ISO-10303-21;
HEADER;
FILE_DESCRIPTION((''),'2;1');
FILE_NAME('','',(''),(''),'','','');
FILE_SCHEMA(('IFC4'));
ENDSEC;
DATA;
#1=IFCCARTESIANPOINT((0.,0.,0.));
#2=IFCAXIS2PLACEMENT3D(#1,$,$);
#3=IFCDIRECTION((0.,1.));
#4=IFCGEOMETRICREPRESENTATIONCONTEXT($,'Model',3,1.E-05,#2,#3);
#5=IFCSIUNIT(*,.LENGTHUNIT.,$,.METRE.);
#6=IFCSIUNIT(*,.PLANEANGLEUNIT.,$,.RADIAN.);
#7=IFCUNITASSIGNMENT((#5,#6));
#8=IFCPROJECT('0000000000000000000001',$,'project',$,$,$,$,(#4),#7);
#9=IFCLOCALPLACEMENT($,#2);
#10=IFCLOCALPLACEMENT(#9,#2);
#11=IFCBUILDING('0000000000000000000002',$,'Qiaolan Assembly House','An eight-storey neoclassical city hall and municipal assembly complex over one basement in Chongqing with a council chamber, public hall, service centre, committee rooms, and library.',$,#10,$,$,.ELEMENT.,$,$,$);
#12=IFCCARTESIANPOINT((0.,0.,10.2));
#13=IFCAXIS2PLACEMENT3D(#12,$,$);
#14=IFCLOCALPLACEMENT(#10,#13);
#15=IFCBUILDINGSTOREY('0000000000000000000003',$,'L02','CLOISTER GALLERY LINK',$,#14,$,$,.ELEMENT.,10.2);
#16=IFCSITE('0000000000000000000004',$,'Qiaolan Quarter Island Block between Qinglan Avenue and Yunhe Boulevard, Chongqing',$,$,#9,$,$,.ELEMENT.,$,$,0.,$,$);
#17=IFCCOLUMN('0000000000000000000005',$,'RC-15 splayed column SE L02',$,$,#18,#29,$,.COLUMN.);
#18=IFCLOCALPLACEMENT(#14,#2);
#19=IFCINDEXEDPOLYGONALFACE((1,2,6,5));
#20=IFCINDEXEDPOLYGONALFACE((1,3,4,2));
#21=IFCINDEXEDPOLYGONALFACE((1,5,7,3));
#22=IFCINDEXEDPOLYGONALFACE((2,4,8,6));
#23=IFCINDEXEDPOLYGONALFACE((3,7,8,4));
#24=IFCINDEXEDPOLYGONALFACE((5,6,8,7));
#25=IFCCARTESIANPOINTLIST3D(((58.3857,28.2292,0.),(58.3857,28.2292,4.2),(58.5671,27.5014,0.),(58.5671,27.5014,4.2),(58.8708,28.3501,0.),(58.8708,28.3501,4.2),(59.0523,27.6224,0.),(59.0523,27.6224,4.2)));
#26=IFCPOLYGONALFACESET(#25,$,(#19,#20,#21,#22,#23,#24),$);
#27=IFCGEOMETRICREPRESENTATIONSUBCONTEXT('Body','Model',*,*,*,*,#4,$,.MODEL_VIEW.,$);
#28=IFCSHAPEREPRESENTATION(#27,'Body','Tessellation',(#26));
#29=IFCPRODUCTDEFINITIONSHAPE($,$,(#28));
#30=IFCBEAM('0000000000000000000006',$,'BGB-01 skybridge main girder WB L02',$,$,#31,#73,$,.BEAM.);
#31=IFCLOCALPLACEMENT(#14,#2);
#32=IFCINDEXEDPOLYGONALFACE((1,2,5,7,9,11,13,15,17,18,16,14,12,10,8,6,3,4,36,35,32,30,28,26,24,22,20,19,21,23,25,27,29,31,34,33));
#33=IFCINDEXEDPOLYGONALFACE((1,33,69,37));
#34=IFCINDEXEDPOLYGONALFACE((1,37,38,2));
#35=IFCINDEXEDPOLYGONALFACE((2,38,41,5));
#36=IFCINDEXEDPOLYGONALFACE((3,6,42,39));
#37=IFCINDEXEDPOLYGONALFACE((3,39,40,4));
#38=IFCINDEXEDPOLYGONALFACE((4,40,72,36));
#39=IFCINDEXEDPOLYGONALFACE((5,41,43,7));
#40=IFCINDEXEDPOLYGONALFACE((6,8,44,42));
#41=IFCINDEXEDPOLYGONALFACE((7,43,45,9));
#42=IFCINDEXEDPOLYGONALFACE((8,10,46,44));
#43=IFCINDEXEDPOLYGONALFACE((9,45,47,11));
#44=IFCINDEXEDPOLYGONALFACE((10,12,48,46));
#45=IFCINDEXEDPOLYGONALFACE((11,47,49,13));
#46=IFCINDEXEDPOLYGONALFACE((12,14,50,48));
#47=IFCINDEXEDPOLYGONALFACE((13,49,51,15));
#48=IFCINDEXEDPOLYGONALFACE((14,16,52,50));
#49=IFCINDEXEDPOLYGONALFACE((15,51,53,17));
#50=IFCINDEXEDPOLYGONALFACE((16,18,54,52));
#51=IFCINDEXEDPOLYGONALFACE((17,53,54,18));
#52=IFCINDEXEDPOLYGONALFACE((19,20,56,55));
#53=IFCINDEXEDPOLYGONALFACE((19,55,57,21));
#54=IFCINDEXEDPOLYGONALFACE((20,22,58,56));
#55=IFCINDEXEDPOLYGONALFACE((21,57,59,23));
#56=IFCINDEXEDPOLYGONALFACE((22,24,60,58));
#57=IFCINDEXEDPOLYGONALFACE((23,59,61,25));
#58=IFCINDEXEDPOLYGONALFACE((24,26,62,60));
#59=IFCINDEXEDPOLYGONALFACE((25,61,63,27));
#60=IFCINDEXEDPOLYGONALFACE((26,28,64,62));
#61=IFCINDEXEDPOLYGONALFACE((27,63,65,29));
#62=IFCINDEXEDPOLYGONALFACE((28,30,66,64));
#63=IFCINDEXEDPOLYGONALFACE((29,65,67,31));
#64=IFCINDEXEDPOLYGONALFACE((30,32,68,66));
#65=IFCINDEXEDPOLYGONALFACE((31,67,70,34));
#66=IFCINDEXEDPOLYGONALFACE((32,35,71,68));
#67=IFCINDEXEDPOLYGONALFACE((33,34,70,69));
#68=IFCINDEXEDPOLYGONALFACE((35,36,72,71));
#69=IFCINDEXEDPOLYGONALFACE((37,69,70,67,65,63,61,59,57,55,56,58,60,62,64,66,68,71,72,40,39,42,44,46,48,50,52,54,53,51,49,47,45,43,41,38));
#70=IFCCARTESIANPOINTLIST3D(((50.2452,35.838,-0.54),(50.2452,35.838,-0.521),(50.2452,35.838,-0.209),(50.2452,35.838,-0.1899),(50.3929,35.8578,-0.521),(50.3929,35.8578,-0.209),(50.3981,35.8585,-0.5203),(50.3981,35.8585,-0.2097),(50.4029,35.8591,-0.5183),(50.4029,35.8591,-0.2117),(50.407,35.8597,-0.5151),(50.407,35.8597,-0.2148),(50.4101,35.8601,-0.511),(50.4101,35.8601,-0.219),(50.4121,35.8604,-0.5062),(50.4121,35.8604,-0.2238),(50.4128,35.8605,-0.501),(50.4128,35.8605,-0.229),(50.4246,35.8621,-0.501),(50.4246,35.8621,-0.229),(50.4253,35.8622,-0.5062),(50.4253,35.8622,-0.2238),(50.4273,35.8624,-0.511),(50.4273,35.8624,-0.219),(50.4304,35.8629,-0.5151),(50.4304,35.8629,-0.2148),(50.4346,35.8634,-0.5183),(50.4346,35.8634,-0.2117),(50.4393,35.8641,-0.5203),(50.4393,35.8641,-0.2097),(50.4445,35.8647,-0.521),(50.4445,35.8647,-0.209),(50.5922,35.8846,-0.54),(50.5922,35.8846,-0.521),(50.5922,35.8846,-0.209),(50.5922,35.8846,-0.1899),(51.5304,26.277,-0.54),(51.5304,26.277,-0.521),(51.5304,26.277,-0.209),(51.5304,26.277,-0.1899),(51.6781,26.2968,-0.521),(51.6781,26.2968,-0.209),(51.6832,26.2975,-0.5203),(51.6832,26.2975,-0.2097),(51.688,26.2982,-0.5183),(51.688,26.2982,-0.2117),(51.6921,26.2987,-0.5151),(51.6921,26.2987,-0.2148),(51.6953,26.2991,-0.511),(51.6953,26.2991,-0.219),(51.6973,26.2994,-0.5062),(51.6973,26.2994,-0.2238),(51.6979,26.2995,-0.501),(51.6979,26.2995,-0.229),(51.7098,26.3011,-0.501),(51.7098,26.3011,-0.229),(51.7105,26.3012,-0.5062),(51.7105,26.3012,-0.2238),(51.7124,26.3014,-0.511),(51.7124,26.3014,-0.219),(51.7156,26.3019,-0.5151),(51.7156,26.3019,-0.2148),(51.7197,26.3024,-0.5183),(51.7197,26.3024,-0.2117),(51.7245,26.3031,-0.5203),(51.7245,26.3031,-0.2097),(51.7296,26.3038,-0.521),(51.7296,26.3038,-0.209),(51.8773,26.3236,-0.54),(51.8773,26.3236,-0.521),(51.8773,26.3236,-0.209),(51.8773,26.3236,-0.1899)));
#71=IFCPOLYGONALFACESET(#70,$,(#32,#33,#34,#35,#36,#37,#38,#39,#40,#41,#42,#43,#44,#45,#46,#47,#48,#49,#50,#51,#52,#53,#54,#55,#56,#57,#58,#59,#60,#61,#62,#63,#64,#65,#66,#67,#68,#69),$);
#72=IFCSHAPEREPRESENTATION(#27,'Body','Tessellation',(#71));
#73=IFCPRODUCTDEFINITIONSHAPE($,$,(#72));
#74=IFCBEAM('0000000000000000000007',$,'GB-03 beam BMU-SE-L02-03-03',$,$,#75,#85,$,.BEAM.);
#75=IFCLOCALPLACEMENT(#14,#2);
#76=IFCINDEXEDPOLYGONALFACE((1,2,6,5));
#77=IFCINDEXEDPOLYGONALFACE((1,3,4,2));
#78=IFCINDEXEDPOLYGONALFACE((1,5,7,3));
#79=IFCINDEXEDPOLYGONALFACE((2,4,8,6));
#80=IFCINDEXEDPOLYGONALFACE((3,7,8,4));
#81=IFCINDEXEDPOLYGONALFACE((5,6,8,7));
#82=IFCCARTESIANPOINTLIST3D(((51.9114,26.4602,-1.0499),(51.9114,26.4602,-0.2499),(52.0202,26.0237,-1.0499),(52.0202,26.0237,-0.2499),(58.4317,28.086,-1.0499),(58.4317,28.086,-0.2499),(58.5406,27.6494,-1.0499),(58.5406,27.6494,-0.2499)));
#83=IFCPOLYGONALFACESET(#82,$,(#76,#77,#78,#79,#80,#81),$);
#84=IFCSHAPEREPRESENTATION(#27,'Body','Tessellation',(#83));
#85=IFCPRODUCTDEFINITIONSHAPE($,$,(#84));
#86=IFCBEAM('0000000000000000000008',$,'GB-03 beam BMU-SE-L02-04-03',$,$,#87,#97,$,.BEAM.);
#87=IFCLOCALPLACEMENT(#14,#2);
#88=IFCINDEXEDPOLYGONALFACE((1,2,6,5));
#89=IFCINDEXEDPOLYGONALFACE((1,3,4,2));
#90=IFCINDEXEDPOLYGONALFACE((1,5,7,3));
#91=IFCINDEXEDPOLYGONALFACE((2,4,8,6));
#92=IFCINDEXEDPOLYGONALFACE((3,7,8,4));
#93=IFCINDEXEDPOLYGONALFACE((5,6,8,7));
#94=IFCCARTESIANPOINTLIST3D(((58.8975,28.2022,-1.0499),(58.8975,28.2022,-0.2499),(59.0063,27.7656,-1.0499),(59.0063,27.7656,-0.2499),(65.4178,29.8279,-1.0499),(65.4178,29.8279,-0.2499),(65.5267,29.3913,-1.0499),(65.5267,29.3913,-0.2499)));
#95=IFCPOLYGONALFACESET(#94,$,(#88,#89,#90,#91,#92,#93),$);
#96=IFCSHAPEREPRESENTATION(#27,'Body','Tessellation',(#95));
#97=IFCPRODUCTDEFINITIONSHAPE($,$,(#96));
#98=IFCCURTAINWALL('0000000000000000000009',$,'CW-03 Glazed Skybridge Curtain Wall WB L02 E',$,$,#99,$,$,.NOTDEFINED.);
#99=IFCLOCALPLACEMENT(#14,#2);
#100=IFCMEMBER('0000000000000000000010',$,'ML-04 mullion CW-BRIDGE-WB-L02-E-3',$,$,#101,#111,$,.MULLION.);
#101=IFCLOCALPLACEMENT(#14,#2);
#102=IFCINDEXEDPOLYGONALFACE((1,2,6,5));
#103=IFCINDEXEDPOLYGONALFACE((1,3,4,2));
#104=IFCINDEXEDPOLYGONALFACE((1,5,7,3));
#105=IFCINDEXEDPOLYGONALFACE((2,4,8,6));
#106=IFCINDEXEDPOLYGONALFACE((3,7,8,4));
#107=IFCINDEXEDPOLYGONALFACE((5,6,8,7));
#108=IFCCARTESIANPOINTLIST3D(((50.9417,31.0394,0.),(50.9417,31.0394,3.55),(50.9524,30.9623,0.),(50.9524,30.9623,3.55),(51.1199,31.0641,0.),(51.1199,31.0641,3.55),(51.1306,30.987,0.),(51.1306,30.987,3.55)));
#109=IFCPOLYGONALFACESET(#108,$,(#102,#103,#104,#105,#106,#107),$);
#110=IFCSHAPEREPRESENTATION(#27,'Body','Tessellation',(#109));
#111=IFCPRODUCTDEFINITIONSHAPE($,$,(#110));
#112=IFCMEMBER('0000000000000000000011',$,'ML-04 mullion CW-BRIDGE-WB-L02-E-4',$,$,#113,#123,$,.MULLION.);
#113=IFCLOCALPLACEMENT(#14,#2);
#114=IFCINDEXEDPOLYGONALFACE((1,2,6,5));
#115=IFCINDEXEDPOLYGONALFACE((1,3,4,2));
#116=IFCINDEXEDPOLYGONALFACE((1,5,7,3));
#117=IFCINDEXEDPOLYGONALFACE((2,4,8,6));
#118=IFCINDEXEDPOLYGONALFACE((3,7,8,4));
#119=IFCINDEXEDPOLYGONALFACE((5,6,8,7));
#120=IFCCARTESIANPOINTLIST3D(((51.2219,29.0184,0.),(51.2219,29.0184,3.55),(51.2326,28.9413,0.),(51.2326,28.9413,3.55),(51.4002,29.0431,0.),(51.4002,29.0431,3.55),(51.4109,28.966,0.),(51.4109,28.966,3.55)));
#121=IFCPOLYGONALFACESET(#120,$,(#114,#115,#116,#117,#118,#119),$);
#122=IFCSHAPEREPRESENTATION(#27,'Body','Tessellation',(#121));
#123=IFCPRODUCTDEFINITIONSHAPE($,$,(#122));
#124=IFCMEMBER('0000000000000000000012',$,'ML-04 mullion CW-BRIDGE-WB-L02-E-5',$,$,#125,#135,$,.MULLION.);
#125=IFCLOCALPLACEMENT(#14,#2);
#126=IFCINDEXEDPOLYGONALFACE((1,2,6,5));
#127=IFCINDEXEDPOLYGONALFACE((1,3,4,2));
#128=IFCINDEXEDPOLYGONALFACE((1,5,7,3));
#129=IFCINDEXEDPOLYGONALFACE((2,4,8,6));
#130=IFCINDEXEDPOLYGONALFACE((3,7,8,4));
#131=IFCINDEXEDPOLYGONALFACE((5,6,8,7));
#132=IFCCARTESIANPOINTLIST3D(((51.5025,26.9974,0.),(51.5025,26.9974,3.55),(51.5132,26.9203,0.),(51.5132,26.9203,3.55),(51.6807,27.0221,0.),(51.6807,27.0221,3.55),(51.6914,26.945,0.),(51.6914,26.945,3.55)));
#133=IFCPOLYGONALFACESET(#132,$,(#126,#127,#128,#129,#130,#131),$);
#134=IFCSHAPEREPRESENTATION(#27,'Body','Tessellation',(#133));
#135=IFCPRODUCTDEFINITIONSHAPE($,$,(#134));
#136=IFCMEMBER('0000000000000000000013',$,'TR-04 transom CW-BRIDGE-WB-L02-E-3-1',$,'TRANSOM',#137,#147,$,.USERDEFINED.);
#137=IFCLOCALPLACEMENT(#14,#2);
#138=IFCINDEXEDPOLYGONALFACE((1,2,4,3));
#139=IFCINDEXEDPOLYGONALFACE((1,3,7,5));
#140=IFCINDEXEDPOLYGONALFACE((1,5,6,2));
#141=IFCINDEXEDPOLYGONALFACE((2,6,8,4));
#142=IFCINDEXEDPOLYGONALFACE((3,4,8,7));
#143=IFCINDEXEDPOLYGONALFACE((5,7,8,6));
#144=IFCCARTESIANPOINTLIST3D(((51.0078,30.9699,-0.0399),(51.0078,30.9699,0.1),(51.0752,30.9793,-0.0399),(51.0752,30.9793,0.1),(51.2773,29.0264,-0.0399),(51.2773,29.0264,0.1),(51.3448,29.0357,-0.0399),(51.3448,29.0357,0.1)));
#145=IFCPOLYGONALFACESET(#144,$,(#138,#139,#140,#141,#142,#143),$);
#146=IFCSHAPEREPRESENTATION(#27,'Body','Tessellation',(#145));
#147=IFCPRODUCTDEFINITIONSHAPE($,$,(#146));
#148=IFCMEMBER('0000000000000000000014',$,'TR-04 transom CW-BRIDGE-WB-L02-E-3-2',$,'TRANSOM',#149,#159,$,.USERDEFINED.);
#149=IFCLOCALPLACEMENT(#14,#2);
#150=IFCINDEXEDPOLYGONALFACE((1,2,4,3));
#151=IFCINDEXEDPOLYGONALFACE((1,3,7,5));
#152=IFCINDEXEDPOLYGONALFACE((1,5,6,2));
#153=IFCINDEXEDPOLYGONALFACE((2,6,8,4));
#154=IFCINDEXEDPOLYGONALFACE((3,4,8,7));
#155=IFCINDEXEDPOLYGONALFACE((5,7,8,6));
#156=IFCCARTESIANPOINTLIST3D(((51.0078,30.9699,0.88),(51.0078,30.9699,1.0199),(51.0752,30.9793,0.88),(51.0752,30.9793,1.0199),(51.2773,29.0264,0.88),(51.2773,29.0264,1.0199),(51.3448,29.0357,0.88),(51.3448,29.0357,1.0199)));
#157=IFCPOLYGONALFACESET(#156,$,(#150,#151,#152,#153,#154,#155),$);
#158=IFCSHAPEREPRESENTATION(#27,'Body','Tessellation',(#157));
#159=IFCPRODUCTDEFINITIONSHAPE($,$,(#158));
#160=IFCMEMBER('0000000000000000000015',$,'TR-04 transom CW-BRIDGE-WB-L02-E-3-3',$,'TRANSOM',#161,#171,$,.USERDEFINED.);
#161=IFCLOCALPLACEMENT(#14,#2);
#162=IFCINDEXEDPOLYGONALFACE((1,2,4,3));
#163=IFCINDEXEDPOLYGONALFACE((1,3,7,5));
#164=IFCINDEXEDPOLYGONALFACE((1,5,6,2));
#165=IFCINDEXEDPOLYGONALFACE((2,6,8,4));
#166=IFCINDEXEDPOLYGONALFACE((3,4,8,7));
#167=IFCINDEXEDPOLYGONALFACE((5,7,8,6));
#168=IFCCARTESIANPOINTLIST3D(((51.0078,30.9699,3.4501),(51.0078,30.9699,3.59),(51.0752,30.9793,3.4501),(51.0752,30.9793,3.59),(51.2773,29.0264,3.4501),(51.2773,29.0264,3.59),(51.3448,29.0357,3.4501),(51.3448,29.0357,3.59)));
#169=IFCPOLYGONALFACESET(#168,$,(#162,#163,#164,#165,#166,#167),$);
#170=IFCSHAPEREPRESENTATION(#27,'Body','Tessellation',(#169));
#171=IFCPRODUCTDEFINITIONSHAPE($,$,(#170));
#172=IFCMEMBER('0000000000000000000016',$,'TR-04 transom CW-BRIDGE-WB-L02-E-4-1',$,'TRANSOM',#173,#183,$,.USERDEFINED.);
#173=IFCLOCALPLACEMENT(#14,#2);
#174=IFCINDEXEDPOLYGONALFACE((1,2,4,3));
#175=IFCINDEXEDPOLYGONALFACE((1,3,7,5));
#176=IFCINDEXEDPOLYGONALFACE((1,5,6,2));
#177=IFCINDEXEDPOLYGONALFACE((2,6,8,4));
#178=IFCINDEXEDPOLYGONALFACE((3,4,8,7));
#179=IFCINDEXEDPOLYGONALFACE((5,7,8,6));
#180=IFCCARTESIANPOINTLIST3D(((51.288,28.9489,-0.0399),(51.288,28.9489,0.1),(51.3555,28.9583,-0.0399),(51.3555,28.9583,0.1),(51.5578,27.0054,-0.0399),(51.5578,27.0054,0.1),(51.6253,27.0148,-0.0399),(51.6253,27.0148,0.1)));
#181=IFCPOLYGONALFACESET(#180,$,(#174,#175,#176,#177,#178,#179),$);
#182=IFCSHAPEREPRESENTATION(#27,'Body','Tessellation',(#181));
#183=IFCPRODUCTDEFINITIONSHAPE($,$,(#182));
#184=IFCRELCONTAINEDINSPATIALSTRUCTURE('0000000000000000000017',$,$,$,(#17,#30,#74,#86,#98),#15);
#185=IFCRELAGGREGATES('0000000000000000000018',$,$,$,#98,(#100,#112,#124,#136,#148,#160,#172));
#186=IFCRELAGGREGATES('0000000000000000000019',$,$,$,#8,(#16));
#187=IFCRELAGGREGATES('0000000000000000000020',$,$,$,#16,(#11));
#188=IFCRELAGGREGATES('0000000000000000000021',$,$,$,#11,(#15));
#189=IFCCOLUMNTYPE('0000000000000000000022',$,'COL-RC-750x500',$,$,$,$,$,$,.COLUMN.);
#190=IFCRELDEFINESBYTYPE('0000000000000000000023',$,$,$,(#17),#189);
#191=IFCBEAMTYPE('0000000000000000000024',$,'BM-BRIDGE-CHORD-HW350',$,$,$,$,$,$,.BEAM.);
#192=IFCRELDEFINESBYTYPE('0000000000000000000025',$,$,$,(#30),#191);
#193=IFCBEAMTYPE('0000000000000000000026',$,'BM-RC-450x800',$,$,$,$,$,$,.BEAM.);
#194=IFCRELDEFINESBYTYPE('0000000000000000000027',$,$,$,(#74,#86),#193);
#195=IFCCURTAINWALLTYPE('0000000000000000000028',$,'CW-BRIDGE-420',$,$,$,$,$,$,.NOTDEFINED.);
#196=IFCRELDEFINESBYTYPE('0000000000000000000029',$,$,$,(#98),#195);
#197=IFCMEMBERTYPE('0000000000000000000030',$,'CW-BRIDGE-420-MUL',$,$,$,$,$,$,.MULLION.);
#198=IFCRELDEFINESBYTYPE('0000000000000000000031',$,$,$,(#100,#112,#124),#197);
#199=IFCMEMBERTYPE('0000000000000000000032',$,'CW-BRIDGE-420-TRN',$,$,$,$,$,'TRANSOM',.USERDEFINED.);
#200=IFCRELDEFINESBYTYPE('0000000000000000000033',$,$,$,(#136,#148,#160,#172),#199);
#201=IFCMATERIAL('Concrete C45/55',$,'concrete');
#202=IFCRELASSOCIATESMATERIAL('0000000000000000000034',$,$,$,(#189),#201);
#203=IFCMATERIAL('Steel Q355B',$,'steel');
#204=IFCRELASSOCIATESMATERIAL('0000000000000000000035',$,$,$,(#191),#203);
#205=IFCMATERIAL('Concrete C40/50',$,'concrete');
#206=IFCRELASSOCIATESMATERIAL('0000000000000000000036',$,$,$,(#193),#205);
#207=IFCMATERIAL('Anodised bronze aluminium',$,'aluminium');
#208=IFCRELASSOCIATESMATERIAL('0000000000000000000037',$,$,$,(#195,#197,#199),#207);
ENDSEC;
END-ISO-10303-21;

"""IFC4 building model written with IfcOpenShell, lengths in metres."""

from ifc_helpers import new_model, si_unit, direction, frame, origin, origin_2d, place, context, subcontext, project, spatial, rectangle, i_section, extrude, material, material_profile, profile_set, type_object, element, aggregate, save


model = new_model("IFC4")

# Units and contexts
model_context = context("Model", 3, precision=1e-05, world=origin(), true_north=direction((0.0, 1.0)))
body_context = subcontext(model_context, "Body", "Model", "MODEL_VIEW")
ifc_project = project(units=[si_unit("LENGTHUNIT", "METRE"), si_unit("PLANEANGLEUNIT", "RADIAN")], contexts=[model_context])

# Site, building, storey
site_placement = place(None, origin())
site = spatial("IfcSite", under=ifc_project, at=site_placement, Name="Qiaolan Quarter Island Block between Qinglan Avenue and Yunhe Boulevard, Chongqing", CompositionType="ELEMENT", RefElevation=0.0)
building_placement = place(site_placement, origin())
building = spatial("IfcBuilding", under=site, at=building_placement, Name="Qiaolan Assembly House", Description="An eight-storey neoclassical city hall and municipal assembly complex over one basement in Chongqing with a council chamber, public hall, service centre, committee rooms, and library.", CompositionType="ELEMENT")
storey_placement = place(building_placement, frame((0.0, 0.0, 10.2)))
storey = spatial("IfcBuildingStorey", under=building, at=storey_placement, Name="L02", Description="CLOISTER GALLERY LINK", CompositionType="ELEMENT", Elevation=10.2)

# Column
ifc_material_1 = material(Name="Concrete C45/55", Category="concrete")
ifc_material_profile_1 = material_profile(ifc_material_1, rectangle(XDim=0.5, YDim=0.75, at=origin_2d()), Name="RC 750x500")
ifc_profile_set_1 = profile_set([ifc_material_profile_1], Name="Concrete C45/55")
column_type = type_object("IfcColumnType", Name="COL-RC-750x500", PredefinedType="COLUMN", material=ifc_profile_set_1)
column_placement = place(storey_placement, frame((58.719, 27.9258, 0.0), z_axis=(0.0, 0.0, 1.0), x_axis=(0.970296, 0.241922, 0.0)))
element("IfcColumn", 1, at=column_placement, inside=storey, type_object=column_type, Name="RC-15 splayed column SE L02", PredefinedType="COLUMN", context=body_context, shape_type="SweptSolid", body=[
    extrude(rectangle(XDim=0.5, YDim=0.75, at=origin_2d()), origin(), (0.0, 0.0, 1.0), 4.2),
])

# Beams
ifc_material_2 = material(Name="Steel Q355B", Category="steel")
ifc_material_profile_2 = material_profile(ifc_material_2, i_section(OverallWidth=0.3501, OverallDepth=0.3501, WebThickness=0.012, FlangeThickness=0.019, FilletRadius=0.02, at=origin_2d()), Name="HW 350x350x12x19-BR")
ifc_profile_set_2 = profile_set([ifc_material_profile_2], Name="Steel Q355B")
beam_type_1 = type_object("IfcBeamType", Name="BM-BRIDGE-CHORD-HW350", PredefinedType="BEAM", material=ifc_profile_set_2)
beam_placement = place(storey_placement, frame((51.7039, 26.3003, -0.365), z_axis=(-0.133218, 0.991087, 0.0), x_axis=(-0.991087, -0.133218, 0.0)))
element("IfcBeam", 2, at=beam_placement, inside=storey, type_object=beam_type_1, Name="BGB-01 skybridge main girder WB L02", PredefinedType="BEAM", context=body_context, shape_type="SweptSolid", body=[
    extrude(i_section(OverallWidth=0.3501, OverallDepth=0.3501, WebThickness=0.012, FlangeThickness=0.019, FilletRadius=0.02, at=origin_2d()), origin(), (0.0, 0.0, 1.0), 9.647),
])
ifc_material_3 = material(Name="Concrete C40/50", Category="concrete")
ifc_material_profile_3 = material_profile(ifc_material_3, rectangle(XDim=0.45, YDim=0.8, at=origin_2d()), Name="RCB 450x800")
ifc_profile_set_3 = profile_set([ifc_material_profile_3], Name="Concrete C40/50")
beam_type_2 = type_object("IfcBeamType", Name="BM-RC-450x800", PredefinedType="BEAM", material=ifc_profile_set_3)
for number, where, z_axis, x_axis, name in (
    (3, (51.9658, 26.2419, -0.6499), (0.970294, 0.241929, 0.0), (-0.241929, 0.970294, 0.0), "GB-03 beam BMU-SE-L02-03-03"),
    (4, (58.9519, 27.9839, -0.6499), (0.970294, 0.241929, 0.0), (-0.241929, 0.970294, 0.0), "GB-03 beam BMU-SE-L02-04-03"),
):
    element("IfcBeam", number, at=place(storey_placement, frame(where, z_axis=z_axis, x_axis=x_axis)), inside=storey, type_object=beam_type_2, Name=name, PredefinedType="BEAM", context=body_context, shape_type="SweptSolid", body=[
        extrude(rectangle(XDim=0.45, YDim=0.8, at=origin_2d()), origin(), (0.0, 0.0, 1.0), 6.72),
    ])

# Curtain wall, members
ifc_material_4 = material(Name="Anodised bronze aluminium", Category="aluminium")
curtain_wall_type = type_object("IfcCurtainWallType", Name="CW-BRIDGE-420", PredefinedType="NOTDEFINED", material=ifc_material_4)
curtain_wall_placement = place(storey_placement, origin())
curtain_wall = element("IfcCurtainWall", 5, at=curtain_wall_placement, inside=storey, type_object=curtain_wall_type, Name="CW-03 Glazed Skybridge Curtain Wall WB L02 E", PredefinedType="NOTDEFINED")
ifc_material_profile_4 = material_profile(ifc_material_4, rectangle(XDim=0.0779, YDim=0.1799, at=origin_2d()), Name="MUL 78x180")
ifc_profile_set_4 = profile_set([ifc_material_profile_4], Name="Anodised bronze aluminium")
member_type_1 = type_object("IfcMemberType", Name="CW-BRIDGE-420-MUL", PredefinedType="MULLION", material=ifc_profile_set_4)
member_1_placement = place(storey_placement, frame((51.0361, 31.0132, 0.0), z_axis=(0.0, 0.0, 1.0), x_axis=(0.137388, -0.990517, 0.0)))
member_1 = element("IfcMember", 6, at=member_1_placement, type_object=member_type_1, Name="ML-04 mullion CW-BRIDGE-WB-L02-E-3", PredefinedType="MULLION", context=body_context, shape_type="SweptSolid", body=[
    extrude(rectangle(XDim=0.0779, YDim=0.1799, at=origin_2d()), origin(), (0.0, 0.0, 1.0), 3.55),
])
member_2_placement = place(storey_placement, frame((51.3164, 28.9922, 0.0), z_axis=(0.0, 0.0, 1.0), x_axis=(0.137388, -0.990517, 0.0)))
member_2 = element("IfcMember", 7, at=member_2_placement, type_object=member_type_1, Name="ML-04 mullion CW-BRIDGE-WB-L02-E-4", PredefinedType="MULLION", context=body_context, shape_type="SweptSolid", body=[
    extrude(rectangle(XDim=0.0779, YDim=0.1799, at=origin_2d()), origin(), (0.0, 0.0, 1.0), 3.55),
])
member_3_placement = place(storey_placement, frame((51.5969, 26.9712, 0.0), z_axis=(0.0, 0.0, 1.0), x_axis=(0.137388, -0.990517, 0.0)))
member_3 = element("IfcMember", 8, at=member_3_placement, type_object=member_type_1, Name="ML-04 mullion CW-BRIDGE-WB-L02-E-5", PredefinedType="MULLION", context=body_context, shape_type="SweptSolid", body=[
    extrude(rectangle(XDim=0.0779, YDim=0.1799, at=origin_2d()), origin(), (0.0, 0.0, 1.0), 3.55),
])
ifc_material_profile_5 = material_profile(ifc_material_4, rectangle(XDim=0.0681, YDim=0.1399, at=origin_2d()), Name="TRN 68x140")
ifc_profile_set_5 = profile_set([ifc_material_profile_5], Name="Anodised bronze aluminium")
member_type_2 = type_object("IfcMemberType", Name="CW-BRIDGE-420-TRN", ElementType="TRANSOM", PredefinedType="USERDEFINED", material=ifc_profile_set_5)
member_4_placement = place(storey_placement, frame((51.0415, 30.9746, 0.03), z_axis=(0.137362, -0.990521, 0.0), x_axis=(0.990521, 0.137362, 0.0)))
member_4 = element("IfcMember", 9, at=member_4_placement, type_object=member_type_2, Name="TR-04 transom CW-BRIDGE-WB-L02-E-3-1", ObjectType="TRANSOM", PredefinedType="USERDEFINED", context=body_context, shape_type="SweptSolid", body=[
    extrude(rectangle(XDim=0.0681, YDim=0.1399, at=origin_2d()), origin(), (0.0, 0.0, 1.0), 1.9622),
])
member_5_placement = place(storey_placement, frame((51.0415, 30.9746, 0.95), z_axis=(0.137362, -0.990521, 0.0), x_axis=(0.990521, 0.137362, 0.0)))
member_5 = element("IfcMember", 10, at=member_5_placement, type_object=member_type_2, Name="TR-04 transom CW-BRIDGE-WB-L02-E-3-2", ObjectType="TRANSOM", PredefinedType="USERDEFINED", context=body_context, shape_type="SweptSolid", body=[
    extrude(rectangle(XDim=0.0681, YDim=0.1399, at=origin_2d()), origin(), (0.0, 0.0, 1.0), 1.9622),
])
member_6_placement = place(storey_placement, frame((51.0415, 30.9746, 3.52), z_axis=(0.137362, -0.990521, 0.0), x_axis=(0.990521, 0.137362, 0.0)))
member_6 = element("IfcMember", 11, at=member_6_placement, type_object=member_type_2, Name="TR-04 transom CW-BRIDGE-WB-L02-E-3-3", ObjectType="TRANSOM", PredefinedType="USERDEFINED", context=body_context, shape_type="SweptSolid", body=[
    extrude(rectangle(XDim=0.0681, YDim=0.1399, at=origin_2d()), origin(), (0.0, 0.0, 1.0), 1.9622),
])
member_7_placement = place(storey_placement, frame((51.3218, 28.9536, 0.03), z_axis=(0.137484, -0.990504, 0.0), x_axis=(0.990504, 0.137484, 0.0)))
member_7 = element("IfcMember", 12, at=member_7_placement, type_object=member_type_2, Name="TR-04 transom CW-BRIDGE-WB-L02-E-4-1", ObjectType="TRANSOM", PredefinedType="USERDEFINED", context=body_context, shape_type="SweptSolid", body=[
    extrude(rectangle(XDim=0.0681, YDim=0.1399, at=origin_2d()), origin(), (0.0, 0.0, 1.0), 1.9622),
])

aggregate(curtain_wall, [member_1, member_2, member_3, member_4, member_5, member_6, member_7])

save(model, "model.ifc")
